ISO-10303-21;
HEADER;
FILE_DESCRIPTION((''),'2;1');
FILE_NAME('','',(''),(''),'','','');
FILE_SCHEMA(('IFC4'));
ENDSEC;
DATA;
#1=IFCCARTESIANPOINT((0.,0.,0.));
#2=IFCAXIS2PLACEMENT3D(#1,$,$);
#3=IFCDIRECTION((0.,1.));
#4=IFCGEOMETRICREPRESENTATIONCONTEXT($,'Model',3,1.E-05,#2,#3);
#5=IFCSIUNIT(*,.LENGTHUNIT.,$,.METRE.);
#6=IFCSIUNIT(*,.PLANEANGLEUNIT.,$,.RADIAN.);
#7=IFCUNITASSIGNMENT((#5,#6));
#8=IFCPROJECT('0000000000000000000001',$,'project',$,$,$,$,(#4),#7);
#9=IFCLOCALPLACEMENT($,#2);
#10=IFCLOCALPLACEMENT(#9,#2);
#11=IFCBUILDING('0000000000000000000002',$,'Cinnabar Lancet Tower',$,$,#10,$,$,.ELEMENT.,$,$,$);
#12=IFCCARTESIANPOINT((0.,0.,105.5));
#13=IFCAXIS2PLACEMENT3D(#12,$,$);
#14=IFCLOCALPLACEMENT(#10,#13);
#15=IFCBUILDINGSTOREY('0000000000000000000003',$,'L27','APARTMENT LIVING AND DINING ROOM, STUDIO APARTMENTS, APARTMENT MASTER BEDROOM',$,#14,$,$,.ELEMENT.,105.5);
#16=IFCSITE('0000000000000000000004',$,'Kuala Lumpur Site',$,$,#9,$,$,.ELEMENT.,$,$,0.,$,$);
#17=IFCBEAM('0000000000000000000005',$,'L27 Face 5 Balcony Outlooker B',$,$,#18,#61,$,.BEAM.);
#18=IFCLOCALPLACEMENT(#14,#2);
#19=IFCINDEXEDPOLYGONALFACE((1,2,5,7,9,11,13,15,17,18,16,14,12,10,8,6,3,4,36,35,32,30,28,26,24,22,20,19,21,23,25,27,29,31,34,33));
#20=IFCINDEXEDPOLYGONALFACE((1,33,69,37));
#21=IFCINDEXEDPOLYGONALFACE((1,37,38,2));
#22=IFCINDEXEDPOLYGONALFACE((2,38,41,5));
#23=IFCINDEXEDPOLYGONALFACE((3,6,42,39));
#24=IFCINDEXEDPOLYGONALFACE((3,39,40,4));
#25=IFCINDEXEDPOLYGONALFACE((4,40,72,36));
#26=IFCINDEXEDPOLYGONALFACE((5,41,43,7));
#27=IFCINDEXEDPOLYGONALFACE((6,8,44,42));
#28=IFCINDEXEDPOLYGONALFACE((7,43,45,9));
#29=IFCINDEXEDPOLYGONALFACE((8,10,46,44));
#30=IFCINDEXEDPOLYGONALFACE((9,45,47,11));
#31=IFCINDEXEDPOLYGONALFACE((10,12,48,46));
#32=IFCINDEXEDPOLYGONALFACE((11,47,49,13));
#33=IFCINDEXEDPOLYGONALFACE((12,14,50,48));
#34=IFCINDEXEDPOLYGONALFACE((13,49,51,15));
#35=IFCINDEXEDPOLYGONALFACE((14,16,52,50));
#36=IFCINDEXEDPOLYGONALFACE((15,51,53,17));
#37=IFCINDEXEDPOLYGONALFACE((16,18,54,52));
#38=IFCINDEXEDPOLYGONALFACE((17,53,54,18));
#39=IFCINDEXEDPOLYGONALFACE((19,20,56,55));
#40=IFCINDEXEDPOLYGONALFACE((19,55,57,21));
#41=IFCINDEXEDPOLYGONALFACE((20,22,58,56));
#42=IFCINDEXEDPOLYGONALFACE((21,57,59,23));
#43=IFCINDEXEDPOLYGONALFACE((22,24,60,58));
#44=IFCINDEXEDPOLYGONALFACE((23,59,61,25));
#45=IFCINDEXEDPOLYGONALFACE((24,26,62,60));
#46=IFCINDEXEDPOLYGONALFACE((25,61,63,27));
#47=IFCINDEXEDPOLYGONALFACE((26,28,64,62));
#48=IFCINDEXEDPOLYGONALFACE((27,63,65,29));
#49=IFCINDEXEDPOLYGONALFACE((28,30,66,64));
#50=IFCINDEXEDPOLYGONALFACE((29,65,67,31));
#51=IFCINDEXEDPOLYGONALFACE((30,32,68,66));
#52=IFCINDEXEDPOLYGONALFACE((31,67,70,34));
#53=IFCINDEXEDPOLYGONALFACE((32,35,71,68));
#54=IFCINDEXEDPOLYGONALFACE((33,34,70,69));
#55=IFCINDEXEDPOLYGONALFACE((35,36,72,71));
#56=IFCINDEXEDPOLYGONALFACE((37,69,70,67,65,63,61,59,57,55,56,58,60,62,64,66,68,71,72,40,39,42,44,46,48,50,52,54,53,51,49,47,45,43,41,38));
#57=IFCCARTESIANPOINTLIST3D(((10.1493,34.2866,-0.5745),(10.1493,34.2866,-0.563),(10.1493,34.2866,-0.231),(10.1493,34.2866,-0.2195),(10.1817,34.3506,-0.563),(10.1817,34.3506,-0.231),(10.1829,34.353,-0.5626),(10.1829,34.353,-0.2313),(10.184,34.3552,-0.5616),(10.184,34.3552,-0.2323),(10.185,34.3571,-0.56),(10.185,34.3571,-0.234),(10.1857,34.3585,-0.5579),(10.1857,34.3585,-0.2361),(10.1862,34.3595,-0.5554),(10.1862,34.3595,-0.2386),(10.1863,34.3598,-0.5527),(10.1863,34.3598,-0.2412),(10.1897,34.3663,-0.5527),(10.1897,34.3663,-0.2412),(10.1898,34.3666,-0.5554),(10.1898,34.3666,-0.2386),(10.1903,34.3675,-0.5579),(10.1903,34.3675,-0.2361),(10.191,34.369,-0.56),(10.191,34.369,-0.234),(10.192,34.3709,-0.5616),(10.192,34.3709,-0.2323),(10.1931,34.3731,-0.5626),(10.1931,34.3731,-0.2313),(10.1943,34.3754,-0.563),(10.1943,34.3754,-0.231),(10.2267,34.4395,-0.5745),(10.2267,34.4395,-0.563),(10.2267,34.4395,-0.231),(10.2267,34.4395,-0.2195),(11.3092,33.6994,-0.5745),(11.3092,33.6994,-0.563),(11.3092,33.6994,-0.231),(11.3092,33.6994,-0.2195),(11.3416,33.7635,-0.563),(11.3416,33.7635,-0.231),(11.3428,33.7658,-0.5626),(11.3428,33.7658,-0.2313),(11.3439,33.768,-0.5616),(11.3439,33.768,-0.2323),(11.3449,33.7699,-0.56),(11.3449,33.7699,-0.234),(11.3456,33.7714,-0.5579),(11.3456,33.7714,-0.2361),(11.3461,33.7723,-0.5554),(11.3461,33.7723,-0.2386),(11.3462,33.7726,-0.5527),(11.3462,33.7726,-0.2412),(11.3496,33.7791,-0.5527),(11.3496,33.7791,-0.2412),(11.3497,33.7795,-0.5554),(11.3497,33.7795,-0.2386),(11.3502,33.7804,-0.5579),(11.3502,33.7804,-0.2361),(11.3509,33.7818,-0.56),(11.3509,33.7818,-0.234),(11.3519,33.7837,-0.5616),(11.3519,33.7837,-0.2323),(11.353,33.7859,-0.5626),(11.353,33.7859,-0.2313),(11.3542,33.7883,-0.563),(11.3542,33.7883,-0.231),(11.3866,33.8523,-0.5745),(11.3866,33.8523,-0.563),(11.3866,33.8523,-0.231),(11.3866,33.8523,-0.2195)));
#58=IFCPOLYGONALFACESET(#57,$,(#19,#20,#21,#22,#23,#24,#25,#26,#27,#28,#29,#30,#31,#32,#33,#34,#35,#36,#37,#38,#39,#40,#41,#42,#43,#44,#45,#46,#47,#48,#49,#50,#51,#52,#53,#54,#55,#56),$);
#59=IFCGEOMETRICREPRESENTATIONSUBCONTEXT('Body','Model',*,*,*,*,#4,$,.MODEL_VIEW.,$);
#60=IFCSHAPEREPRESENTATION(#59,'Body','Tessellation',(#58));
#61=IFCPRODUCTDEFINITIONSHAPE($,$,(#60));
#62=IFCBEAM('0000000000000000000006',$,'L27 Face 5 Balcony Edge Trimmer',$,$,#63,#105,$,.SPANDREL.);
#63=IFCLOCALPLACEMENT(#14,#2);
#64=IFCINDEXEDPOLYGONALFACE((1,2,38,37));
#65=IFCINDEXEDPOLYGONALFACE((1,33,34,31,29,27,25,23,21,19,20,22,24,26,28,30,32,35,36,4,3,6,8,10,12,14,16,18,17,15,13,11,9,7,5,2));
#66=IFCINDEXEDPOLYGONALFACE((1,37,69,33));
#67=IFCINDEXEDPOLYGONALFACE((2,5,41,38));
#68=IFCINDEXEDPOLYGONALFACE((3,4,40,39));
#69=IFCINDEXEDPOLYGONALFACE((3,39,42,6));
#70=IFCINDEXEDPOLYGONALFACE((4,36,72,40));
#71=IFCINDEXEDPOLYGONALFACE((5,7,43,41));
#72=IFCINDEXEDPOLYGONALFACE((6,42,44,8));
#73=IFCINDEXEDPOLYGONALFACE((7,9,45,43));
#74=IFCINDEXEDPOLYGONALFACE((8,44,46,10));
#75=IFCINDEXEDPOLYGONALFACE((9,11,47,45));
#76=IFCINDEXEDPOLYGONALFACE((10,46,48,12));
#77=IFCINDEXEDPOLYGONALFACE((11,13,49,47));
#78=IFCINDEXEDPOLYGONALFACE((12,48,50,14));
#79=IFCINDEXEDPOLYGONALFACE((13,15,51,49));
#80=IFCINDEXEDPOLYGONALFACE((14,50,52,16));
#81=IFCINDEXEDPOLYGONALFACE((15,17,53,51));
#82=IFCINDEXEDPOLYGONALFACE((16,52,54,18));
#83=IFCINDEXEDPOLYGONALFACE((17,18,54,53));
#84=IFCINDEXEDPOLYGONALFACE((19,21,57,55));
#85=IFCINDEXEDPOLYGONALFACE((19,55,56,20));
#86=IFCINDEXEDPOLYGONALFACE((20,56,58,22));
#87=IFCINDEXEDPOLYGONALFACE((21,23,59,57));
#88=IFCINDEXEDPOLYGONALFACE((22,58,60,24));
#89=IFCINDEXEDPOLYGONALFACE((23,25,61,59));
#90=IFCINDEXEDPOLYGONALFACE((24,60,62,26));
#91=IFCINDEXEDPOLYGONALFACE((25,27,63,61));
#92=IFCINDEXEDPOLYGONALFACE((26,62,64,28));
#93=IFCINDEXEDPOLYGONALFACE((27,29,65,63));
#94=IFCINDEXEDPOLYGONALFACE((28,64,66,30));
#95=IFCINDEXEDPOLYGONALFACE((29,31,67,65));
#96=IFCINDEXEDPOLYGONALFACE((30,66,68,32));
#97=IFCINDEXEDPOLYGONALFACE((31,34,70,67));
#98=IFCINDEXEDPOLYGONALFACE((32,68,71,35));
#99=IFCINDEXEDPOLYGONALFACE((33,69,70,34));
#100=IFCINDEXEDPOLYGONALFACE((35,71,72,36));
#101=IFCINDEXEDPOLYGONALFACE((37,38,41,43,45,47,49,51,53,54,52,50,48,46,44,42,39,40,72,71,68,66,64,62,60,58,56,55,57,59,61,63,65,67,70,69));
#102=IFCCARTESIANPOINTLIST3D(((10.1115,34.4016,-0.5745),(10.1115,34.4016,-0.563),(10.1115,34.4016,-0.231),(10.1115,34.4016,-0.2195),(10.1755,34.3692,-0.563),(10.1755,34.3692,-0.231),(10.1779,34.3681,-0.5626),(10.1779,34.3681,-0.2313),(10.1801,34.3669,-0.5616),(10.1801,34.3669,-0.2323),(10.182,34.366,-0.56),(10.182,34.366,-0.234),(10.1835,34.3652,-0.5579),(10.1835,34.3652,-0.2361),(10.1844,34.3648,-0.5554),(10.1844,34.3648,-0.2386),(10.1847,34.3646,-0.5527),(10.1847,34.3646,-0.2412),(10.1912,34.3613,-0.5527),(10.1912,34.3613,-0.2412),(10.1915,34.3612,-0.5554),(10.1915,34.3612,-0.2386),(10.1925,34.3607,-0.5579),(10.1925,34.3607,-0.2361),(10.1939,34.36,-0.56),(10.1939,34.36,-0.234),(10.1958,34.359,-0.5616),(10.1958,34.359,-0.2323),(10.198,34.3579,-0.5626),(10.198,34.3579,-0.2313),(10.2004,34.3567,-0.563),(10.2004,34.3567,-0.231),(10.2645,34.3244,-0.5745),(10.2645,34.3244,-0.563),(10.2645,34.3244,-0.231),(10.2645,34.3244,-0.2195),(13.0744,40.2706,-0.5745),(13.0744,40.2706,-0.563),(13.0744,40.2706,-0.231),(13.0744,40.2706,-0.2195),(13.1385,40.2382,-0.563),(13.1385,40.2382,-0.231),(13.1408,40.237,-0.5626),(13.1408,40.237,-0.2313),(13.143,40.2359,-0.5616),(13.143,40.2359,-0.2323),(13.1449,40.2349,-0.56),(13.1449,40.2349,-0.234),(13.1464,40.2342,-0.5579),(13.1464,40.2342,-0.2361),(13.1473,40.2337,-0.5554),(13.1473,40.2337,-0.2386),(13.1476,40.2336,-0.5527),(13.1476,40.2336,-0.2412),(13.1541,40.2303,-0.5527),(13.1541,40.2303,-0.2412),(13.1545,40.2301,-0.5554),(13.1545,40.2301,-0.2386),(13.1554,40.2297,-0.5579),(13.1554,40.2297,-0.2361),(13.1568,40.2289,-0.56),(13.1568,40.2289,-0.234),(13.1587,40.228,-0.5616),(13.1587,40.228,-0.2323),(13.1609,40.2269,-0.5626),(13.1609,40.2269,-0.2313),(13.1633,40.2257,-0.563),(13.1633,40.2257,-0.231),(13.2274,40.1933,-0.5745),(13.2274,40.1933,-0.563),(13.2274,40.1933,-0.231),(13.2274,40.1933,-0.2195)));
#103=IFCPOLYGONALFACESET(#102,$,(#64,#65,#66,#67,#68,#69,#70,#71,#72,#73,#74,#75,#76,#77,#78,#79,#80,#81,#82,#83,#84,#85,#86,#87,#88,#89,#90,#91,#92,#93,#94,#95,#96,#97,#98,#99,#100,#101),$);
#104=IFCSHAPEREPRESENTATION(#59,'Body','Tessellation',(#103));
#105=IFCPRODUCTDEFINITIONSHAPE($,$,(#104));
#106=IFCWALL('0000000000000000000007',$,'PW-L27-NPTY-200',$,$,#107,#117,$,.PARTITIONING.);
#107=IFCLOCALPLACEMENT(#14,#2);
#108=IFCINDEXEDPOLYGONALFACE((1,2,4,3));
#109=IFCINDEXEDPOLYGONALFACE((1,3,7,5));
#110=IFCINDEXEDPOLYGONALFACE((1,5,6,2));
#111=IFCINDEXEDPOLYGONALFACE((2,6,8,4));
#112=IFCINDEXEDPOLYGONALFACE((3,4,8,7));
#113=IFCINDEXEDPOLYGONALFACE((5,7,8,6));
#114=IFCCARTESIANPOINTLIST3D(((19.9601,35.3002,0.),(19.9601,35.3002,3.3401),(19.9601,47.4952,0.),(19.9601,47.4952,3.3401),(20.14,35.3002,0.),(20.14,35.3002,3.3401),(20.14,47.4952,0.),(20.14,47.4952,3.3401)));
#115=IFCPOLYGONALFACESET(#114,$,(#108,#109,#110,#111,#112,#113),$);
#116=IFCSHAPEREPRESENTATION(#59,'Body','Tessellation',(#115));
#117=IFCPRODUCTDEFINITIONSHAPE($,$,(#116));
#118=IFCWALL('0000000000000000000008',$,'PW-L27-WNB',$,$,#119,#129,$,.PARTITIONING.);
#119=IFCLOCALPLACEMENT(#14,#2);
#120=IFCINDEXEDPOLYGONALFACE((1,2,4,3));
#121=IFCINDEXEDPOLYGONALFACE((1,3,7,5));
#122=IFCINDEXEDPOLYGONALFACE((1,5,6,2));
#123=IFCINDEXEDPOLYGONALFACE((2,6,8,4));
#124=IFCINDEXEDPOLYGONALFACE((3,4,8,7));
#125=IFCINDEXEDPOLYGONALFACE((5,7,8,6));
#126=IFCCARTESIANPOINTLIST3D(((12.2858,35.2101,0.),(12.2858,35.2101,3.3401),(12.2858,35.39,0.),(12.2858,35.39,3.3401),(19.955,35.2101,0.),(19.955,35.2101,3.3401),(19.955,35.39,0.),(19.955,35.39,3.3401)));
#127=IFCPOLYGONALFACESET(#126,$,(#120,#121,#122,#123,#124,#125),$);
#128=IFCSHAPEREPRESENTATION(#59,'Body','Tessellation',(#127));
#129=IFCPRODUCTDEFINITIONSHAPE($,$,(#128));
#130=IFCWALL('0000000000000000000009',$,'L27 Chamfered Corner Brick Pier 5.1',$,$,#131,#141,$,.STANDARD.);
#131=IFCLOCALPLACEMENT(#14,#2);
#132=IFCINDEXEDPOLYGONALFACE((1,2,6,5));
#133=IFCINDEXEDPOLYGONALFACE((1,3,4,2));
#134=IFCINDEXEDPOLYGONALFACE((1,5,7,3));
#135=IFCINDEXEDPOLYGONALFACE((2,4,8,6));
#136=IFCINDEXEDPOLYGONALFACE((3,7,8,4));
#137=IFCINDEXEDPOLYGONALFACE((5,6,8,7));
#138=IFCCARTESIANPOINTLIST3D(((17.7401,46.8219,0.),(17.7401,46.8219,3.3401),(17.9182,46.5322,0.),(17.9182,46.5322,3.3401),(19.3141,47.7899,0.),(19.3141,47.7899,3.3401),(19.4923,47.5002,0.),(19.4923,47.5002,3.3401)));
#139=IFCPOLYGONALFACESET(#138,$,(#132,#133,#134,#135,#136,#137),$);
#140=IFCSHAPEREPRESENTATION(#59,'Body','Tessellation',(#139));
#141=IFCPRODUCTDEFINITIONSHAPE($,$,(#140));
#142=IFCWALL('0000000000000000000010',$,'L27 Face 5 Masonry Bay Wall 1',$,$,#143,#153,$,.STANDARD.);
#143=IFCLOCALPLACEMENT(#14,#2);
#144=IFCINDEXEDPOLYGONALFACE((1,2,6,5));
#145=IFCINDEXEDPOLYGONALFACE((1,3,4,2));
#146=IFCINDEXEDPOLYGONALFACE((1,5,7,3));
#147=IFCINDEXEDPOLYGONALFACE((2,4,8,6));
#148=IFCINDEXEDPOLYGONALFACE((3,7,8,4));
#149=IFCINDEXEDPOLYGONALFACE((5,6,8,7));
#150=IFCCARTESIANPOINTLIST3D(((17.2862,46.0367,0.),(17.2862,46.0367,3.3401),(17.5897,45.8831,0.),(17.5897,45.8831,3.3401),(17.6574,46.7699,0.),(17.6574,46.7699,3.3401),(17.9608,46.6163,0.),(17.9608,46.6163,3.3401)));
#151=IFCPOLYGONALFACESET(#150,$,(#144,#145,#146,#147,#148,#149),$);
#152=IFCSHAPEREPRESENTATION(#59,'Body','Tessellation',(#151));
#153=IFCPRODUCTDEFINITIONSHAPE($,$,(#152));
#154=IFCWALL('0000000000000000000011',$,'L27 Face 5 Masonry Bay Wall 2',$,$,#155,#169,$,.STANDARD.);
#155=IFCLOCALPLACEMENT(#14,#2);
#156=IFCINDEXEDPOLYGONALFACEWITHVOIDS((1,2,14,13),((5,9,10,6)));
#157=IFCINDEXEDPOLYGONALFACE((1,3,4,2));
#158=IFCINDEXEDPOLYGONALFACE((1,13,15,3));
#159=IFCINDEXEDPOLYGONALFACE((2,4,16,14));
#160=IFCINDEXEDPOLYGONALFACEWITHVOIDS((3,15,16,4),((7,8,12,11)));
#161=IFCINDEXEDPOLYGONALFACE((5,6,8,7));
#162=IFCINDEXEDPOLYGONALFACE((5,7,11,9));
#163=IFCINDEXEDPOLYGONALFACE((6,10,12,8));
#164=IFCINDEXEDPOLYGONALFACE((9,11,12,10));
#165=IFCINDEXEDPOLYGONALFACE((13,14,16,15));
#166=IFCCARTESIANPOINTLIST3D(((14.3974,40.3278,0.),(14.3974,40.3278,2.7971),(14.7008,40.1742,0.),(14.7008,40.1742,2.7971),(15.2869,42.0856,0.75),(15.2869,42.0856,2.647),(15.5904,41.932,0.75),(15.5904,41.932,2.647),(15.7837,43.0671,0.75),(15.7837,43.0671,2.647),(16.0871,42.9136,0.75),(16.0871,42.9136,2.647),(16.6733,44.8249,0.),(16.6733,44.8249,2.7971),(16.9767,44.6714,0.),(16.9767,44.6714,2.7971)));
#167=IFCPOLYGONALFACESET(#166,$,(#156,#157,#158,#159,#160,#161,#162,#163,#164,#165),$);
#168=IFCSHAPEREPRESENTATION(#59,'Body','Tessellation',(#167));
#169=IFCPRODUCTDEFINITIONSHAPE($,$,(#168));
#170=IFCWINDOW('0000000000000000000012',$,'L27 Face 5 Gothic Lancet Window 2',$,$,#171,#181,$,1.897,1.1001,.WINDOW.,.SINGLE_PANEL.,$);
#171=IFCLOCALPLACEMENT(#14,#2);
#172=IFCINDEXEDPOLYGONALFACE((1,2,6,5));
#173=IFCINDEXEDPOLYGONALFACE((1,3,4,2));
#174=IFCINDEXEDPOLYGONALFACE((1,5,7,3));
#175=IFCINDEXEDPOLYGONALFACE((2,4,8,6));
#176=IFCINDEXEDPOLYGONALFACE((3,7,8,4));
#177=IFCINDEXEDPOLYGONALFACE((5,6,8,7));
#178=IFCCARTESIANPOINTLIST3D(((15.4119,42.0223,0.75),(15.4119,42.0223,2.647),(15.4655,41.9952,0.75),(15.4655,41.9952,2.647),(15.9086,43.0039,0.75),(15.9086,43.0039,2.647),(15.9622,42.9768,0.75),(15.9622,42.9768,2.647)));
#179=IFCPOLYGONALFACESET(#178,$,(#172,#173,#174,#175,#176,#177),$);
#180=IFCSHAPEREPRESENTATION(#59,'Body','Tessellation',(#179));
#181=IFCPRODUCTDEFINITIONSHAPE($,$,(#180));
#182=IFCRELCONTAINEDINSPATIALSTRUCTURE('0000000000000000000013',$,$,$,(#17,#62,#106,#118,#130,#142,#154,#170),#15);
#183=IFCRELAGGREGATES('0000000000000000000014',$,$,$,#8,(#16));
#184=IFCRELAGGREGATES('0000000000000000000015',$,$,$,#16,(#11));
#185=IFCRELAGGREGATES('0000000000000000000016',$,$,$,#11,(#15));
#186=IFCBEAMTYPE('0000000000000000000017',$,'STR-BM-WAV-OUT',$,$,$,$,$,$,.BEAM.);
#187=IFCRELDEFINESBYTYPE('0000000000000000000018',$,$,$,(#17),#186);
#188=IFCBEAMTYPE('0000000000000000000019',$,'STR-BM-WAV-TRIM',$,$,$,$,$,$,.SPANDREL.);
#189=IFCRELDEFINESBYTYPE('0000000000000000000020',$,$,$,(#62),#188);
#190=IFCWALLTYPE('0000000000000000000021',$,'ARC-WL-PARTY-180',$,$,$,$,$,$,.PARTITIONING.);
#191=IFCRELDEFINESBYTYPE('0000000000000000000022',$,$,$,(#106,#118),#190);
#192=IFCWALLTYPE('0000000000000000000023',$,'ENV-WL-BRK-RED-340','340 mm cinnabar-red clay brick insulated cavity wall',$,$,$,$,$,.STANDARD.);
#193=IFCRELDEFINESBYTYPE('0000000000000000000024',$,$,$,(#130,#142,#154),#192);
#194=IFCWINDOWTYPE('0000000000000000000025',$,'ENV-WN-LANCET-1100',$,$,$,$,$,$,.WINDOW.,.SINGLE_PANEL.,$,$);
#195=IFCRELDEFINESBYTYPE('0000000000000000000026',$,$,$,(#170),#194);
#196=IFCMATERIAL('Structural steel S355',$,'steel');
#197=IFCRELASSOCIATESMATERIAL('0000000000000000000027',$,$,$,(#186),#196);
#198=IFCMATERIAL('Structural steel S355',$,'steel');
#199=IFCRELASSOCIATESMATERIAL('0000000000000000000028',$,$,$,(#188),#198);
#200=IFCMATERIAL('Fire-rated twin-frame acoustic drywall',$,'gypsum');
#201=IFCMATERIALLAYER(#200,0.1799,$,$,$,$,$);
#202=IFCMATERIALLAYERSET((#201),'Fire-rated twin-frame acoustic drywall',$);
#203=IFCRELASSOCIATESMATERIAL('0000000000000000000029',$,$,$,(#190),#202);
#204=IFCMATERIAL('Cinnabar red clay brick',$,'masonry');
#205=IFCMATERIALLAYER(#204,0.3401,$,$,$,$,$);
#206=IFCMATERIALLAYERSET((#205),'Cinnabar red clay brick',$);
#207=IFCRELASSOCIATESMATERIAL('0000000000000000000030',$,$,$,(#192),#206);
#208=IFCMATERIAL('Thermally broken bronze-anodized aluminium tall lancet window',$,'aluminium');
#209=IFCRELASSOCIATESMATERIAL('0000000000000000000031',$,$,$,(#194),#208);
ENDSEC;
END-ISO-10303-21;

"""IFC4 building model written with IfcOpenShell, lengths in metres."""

from ifc_helpers import new_model, si_unit, direction, frame, frame_2d, origin, origin_2d, place, context, subcontext, project, spatial, rectangle, i_section, extrude, material, layer, layer_set, material_profile, profile_set, type_object, element, fill, save


model = new_model("IFC4")

# Units and contexts
model_context = context("Model", 3, precision=1e-05, world=origin(), true_north=direction((0.0, 1.0)))
body_context = subcontext(model_context, "Body", "Model", "MODEL_VIEW")
ifc_project = project(units=[si_unit("LENGTHUNIT", "METRE"), si_unit("PLANEANGLEUNIT", "RADIAN")], contexts=[model_context])

# Site, building, storey
site_placement = place(None, origin())
site = spatial("IfcSite", under=ifc_project, at=site_placement, Name="Kuala Lumpur Site", CompositionType="ELEMENT", RefElevation=0.0)
building_placement = place(site_placement, origin())
building = spatial("IfcBuilding", under=site, at=building_placement, Name="Cinnabar Lancet Tower", CompositionType="ELEMENT")
storey_placement = place(building_placement, frame((0.0, 0.0, 105.5)))
storey = spatial("IfcBuildingStorey", under=building, at=storey_placement, Name="L27", Description="APARTMENT LIVING AND DINING ROOM, STUDIO APARTMENTS, APARTMENT MASTER BEDROOM", CompositionType="ELEMENT", Elevation=105.5)

# Beams
ifc_material_1 = material(Name="Structural steel S355", Category="steel")
ifc_material_profile_1 = material_profile(ifc_material_1, i_section(OverallWidth=0.1714, OverallDepth=0.355, WebThickness=0.0073, FlangeThickness=0.0115, FilletRadius=0.0103, at=origin_2d()), Name="UKB 356x171x51")
ifc_profile_set_1 = profile_set([ifc_material_profile_1], Name="Structural steel S355")
beam_type_1 = type_object("IfcBeamType", Name="STR-BM-WAV-OUT", PredefinedType="BEAM", material=ifc_profile_set_1)
for number, where, z_axis, x_axis, name in (
    (1, (11.3479, 33.7759, -0.397), (-0.8922, 0.45164, 0.0), (-0.45164, -0.8922, 0.0), "L27 Face 5 Balcony Outlooker B"),
):
    element("IfcBeam", number, at=place(storey_placement, frame(where, z_axis=z_axis, x_axis=x_axis)), inside=storey, type_object=beam_type_1, Name=name, PredefinedType="BEAM", context=body_context, shape_type="SweptSolid", body=[
        extrude(i_section(OverallWidth=0.1714, OverallDepth=0.355, WebThickness=0.0073, FlangeThickness=0.0115, FilletRadius=0.0103, at=origin_2d()), origin(), (0.0, 0.0, 1.0), 1.3),
    ])
ifc_material_2 = material(Name="Structural steel S355", Category="steel")
ifc_material_profile_2 = material_profile(ifc_material_2, i_section(OverallWidth=0.1714, OverallDepth=0.355, WebThickness=0.0073, FlangeThickness=0.0115, FilletRadius=0.0103, at=origin_2d()), Name="UKB 356x171x51")
ifc_profile_set_2 = profile_set([ifc_material_profile_2], Name="Structural steel S355")
beam_type_2 = type_object("IfcBeamType", Name="STR-BM-WAV-TRIM", PredefinedType="SPANDREL", material=ifc_profile_set_2)
beam_1_placement = place(storey_placement, frame((13.1509, 40.2319, -0.397), z_axis=(-0.450671, -0.89269, 0.0), x_axis=(0.89269, -0.450671, 0.0)))
element("IfcBeam", 2, at=beam_1_placement, inside=storey, type_object=beam_type_2, Name="L27 Face 5 Balcony Edge Trimmer", PredefinedType="SPANDREL", context=body_context, shape_type="SweptSolid", body=[
    extrude(i_section(OverallWidth=0.1714, OverallDepth=0.355, WebThickness=0.0073, FlangeThickness=0.0115, FilletRadius=0.0103, at=origin_2d()), origin(), (0.0, 0.0, 1.0), 6.5745),
])

# Walls
ifc_material_3 = material(Name="Fire-rated twin-frame acoustic drywall", Category="gypsum")
ifc_layer_1 = layer(ifc_material_3, 0.1799)
ifc_layer_set_1 = layer_set([ifc_layer_1], Name="Fire-rated twin-frame acoustic drywall")
wall_type_1 = type_object("IfcWallType", Name="ARC-WL-PARTY-180", PredefinedType="PARTITIONING", material=ifc_layer_set_1)
wall_1_placement = place(storey_placement, frame((20.05, 35.3, 0.0), z_axis=(0.0, 0.0, 1.0), x_axis=(0.0, 1.0, 0.0)))
element("IfcWall", 3, at=wall_1_placement, inside=storey, type_object=wall_type_1, Name="PW-L27-NPTY-200", PredefinedType="PARTITIONING", context=body_context, shape_type="SweptSolid", body=[
    extrude(rectangle(XDim=12.1951, YDim=0.1799, at=frame_2d((6.0977, 0.0))), origin(), (0.0, 0.0, 1.0), 3.3401),
])
wall_2_placement = place(storey_placement, frame((12.2859, 35.3, 0.0), z_axis=(0.0, 0.0, 1.0), x_axis=(1.0, 0.0, 0.0)))
element("IfcWall", 4, at=wall_2_placement, inside=storey, type_object=wall_type_1, Name="PW-L27-WNB", PredefinedType="PARTITIONING", context=body_context, shape_type="SweptSolid", body=[
    extrude(rectangle(XDim=7.6692, YDim=0.1799, at=frame_2d((3.8345, 0.0))), origin(), (0.0, 0.0, 1.0), 3.3401),
])
ifc_material_4 = material(Name="Cinnabar red clay brick", Category="masonry")
ifc_layer_2 = layer(ifc_material_4, 0.3401)
ifc_layer_set_2 = layer_set([ifc_layer_2], Name="Cinnabar red clay brick")
wall_type_2 = type_object("IfcWallType", Name="ENV-WL-BRK-RED-340", Description="340 mm cinnabar-red clay brick insulated cavity wall", PredefinedType="STANDARD", material=ifc_layer_set_2)
wall_3_placement = place(storey_placement, frame((19.4031, 47.645, 0.0), z_axis=(0.0, 0.0, 1.0), x_axis=(-0.851799, -0.523869, 0.0)))
element("IfcWall", 5, at=wall_3_placement, inside=storey, type_object=wall_type_2, Name="L27 Chamfered Corner Brick Pier 5.1", PredefinedType="STANDARD", context=body_context, shape_type="SweptSolid", body=[
    extrude(rectangle(XDim=1.8479, YDim=0.3401, at=frame_2d((0.9238, 0.0))), origin(), (0.0, 0.0, 1.0), 3.3401),
])
wall_4_placement = place(storey_placement, frame((17.8091, 46.6931, 0.0), z_axis=(0.0, 0.0, 1.0), x_axis=(-0.451605, -0.892218, 0.0)))
element("IfcWall", 6, at=wall_4_placement, inside=storey, type_object=wall_type_2, Name="L27 Face 5 Masonry Bay Wall 1", PredefinedType="STANDARD", context=body_context, shape_type="SweptSolid", body=[
    extrude(rectangle(XDim=0.8218, YDim=0.3401, at=frame_2d((0.4109, 0.0))), origin(), (0.0, 0.0, 1.0), 3.3401),
])

# Wall, opening, window
wall_5_placement = place(storey_placement, frame((16.825, 44.748, 0.0), z_axis=(0.0, 0.0, 1.0), x_axis=(-0.451548, -0.892247, 0.0)))
wall_5 = element("IfcWall", 7, at=wall_5_placement, inside=storey, type_object=wall_type_2, Name="L27 Face 5 Masonry Bay Wall 2", PredefinedType="STANDARD", context=body_context, shape_type="SweptSolid", body=[
    extrude(rectangle(XDim=5.0403, YDim=0.3401, at=frame_2d((2.52, 0.0))), origin(), (0.0, 0.0, 1.0), 2.7971),
])
opening_1_placement = place(wall_5_placement, frame((1.97, 0.0, 0.75)))
opening_1 = element("IfcOpeningElement", 8, at=opening_1_placement, cuts=wall_5, PredefinedType="OPENING", context=body_context, shape_type="SweptSolid", body=[
    extrude(rectangle(XDim=1.1001, YDim=1.897, at=frame_2d((0.55, 0.9485))), frame((0.0, 0.1799, 0.0), z_axis=(0.0, -1.0, 0.0), x_axis=(1.0, 0.0, 0.0)), (0.0, 0.0, 1.0), 0.3601),
])
ifc_material_5 = material(Name="Thermally broken bronze-anodized aluminium tall lancet window", Category="aluminium")
window_type = type_object("IfcWindowType", Name="ENV-WN-LANCET-1100", PartitioningType="SINGLE_PANEL", PredefinedType="WINDOW", material=ifc_material_5)
window_placement = place(opening_1_placement, origin())
window = element("IfcWindow", 9, at=window_placement, inside=storey, type_object=window_type, Name="L27 Face 5 Gothic Lancet Window 2", OverallHeight=1.897, OverallWidth=1.1001, PartitioningType="SINGLE_PANEL", PredefinedType="WINDOW", context=body_context, shape_type="SweptSolid", body=[
    extrude(rectangle(XDim=1.1001, YDim=1.897, at=frame_2d((0.55, 0.9485))), frame((0.0, 0.03, 0.0), z_axis=(0.0, -1.0, 0.0), x_axis=(1.0, 0.0, 0.0)), (0.0, 0.0, 1.0), 0.0601),
])
fill(opening_1, window)

save(model, "model.ifc")
